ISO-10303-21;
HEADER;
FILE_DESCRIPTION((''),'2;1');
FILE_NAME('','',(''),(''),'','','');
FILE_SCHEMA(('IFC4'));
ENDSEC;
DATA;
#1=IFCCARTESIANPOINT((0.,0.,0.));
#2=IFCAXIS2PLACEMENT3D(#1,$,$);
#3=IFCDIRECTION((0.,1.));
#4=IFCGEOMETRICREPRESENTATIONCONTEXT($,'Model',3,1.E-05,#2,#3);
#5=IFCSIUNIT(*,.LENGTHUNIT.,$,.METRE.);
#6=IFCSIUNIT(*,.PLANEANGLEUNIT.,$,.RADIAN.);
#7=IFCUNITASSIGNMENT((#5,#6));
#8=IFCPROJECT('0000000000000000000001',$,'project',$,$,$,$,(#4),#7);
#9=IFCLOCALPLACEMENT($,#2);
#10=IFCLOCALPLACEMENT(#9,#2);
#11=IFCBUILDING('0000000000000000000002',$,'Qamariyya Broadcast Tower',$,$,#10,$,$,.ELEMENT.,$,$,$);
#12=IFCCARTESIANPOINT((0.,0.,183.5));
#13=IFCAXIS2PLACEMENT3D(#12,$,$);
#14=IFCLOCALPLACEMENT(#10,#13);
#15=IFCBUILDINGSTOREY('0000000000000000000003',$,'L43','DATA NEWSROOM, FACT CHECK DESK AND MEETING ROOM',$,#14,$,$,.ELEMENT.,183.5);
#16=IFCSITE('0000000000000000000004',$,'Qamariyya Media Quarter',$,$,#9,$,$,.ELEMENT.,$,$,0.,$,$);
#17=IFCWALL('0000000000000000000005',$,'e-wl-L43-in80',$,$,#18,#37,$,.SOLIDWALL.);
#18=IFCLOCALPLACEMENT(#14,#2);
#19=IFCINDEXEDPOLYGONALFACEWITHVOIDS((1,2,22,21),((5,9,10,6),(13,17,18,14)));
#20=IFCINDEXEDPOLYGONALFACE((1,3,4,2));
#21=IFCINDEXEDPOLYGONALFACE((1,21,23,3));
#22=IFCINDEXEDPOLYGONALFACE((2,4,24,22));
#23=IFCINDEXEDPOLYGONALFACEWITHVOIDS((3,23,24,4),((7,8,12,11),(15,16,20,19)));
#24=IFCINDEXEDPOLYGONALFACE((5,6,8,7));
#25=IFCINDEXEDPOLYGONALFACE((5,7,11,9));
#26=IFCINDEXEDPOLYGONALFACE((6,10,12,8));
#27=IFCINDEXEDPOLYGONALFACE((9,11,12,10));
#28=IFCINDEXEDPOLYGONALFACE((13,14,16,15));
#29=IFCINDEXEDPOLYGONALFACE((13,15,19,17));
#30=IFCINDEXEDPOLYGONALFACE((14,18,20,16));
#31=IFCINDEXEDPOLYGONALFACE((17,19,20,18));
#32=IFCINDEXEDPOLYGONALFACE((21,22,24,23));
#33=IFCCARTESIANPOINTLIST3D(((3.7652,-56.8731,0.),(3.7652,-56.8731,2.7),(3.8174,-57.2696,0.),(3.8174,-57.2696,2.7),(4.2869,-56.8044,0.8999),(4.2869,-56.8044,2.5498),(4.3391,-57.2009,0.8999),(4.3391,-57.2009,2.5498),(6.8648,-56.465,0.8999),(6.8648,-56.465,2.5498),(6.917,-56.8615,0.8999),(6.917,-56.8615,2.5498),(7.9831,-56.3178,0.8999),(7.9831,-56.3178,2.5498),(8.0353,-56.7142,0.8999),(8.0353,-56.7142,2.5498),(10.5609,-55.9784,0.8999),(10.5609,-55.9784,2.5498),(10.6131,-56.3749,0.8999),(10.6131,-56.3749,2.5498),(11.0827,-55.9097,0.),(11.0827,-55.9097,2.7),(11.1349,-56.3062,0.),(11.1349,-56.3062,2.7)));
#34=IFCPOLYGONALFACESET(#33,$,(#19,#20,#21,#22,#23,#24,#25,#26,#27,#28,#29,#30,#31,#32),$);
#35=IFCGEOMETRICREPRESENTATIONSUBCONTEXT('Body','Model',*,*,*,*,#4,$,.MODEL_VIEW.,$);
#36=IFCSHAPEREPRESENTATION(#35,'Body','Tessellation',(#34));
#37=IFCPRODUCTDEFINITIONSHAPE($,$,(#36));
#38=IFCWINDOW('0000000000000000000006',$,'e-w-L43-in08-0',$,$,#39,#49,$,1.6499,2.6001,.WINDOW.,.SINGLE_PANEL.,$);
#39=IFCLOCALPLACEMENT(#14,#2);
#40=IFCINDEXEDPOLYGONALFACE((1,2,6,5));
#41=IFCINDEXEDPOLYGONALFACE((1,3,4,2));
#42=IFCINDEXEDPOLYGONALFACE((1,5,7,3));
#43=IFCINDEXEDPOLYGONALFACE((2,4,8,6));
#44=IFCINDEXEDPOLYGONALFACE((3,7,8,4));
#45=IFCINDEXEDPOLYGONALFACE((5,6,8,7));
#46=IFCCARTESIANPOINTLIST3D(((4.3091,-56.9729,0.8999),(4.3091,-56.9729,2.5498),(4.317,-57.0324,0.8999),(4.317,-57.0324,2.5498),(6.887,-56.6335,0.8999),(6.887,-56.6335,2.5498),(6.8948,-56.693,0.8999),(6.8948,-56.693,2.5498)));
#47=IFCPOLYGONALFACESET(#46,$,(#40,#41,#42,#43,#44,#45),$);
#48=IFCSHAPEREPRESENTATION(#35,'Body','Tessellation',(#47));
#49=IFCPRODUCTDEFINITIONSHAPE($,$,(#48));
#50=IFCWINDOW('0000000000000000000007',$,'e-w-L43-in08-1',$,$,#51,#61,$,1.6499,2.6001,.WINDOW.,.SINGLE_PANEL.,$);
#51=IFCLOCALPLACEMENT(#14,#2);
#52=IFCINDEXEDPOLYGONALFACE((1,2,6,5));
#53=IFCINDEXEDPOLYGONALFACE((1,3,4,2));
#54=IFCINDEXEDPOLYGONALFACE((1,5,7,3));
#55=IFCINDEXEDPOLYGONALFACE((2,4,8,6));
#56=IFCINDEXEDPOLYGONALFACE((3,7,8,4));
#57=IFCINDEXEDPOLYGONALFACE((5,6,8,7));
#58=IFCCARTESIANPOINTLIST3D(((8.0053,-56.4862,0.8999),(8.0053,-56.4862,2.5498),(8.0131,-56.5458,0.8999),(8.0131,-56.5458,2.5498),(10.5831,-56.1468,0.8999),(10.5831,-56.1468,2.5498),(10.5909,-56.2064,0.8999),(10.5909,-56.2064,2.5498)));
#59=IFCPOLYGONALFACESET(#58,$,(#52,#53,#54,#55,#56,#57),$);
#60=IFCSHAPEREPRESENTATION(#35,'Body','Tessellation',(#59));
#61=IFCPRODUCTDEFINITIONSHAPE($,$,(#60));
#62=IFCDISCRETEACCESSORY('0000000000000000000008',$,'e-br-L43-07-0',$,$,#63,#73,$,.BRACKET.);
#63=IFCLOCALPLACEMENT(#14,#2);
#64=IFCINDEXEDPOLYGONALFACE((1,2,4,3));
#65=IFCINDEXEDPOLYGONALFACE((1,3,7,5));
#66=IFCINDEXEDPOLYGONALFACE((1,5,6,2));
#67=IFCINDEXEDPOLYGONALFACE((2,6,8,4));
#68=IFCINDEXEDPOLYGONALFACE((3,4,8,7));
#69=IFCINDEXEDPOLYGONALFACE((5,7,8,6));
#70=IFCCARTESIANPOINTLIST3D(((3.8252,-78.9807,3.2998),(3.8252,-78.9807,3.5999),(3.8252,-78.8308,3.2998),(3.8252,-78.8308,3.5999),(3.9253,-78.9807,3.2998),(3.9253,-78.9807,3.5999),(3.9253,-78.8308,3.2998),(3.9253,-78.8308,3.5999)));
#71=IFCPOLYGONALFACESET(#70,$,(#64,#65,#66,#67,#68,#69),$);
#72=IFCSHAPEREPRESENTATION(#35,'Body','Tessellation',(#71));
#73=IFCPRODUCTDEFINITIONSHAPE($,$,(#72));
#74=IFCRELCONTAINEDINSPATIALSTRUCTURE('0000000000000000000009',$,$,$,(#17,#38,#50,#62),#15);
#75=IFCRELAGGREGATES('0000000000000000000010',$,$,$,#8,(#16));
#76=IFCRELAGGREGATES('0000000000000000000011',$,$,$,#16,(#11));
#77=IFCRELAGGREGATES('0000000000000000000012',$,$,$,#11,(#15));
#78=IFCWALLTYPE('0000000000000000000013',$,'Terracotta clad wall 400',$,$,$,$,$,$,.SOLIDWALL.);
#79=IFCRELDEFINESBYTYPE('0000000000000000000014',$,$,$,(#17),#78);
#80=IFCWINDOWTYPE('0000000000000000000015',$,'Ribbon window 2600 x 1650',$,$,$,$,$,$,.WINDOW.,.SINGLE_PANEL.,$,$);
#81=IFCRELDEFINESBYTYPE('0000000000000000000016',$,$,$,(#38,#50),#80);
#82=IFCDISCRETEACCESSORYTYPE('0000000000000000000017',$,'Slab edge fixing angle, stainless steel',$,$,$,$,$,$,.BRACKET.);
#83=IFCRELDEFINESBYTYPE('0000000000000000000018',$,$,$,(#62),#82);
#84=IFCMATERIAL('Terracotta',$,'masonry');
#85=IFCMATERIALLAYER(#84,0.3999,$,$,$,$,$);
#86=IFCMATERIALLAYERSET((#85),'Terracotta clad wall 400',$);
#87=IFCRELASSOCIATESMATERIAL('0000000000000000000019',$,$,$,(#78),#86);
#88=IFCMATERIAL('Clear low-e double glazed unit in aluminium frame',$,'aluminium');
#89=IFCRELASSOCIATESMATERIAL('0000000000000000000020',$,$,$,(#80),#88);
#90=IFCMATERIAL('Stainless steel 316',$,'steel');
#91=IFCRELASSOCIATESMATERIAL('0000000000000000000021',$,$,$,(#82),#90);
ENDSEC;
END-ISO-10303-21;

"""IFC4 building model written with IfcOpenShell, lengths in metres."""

from ifc_helpers import new_model, si_unit, direction, frame, frame_2d, origin, origin_2d, place, context, subcontext, project, spatial, rectangle, extrude, material, layer, layer_set, type_object, element, fill, save


model = new_model("IFC4")

# Units and contexts
model_context = context("Model", 3, precision=1e-05, world=origin(), true_north=direction((0.0, 1.0)))
body_context = subcontext(model_context, "Body", "Model", "MODEL_VIEW")
ifc_project = project(units=[si_unit("LENGTHUNIT", "METRE"), si_unit("PLANEANGLEUNIT", "RADIAN")], contexts=[model_context])

# Site, building, storey
site_placement = place(None, origin())
site = spatial("IfcSite", under=ifc_project, at=site_placement, Name="Qamariyya Media Quarter", CompositionType="ELEMENT", RefElevation=0.0)
building_placement = place(site_placement, origin())
building = spatial("IfcBuilding", under=site, at=building_placement, Name="Qamariyya Broadcast Tower", CompositionType="ELEMENT")
storey_placement = place(building_placement, frame((0.0, 0.0, 183.5)))
storey = spatial("IfcBuildingStorey", under=building, at=storey_placement, Name="L43", Description="DATA NEWSROOM, FACT CHECK DESK AND MEETING ROOM", CompositionType="ELEMENT", Elevation=183.5)

# Wall, openings, windows
ifc_material_1 = material(Name="Terracotta", Category="masonry")
ifc_layer_1 = layer(ifc_material_1, 0.3999)
ifc_layer_set_1 = layer_set([ifc_layer_1], Name="Terracotta clad wall 400")
wall_type_1 = type_object("IfcWallType", Name="Terracotta clad wall 400", PredefinedType="SOLIDWALL", material=ifc_layer_set_1)
ifc_material_2 = material(Name="Clear low-e double glazed unit in aluminium frame", Category="aluminium")
window_type = type_object("IfcWindowType", Name="Ribbon window 2600 x 1650", PartitioningType="SINGLE_PANEL", PredefinedType="WINDOW", material=ifc_material_2)
wall_1_placement = place(storey_placement, frame((11.1089, -56.1079, 0.0), z_axis=(0.0, 0.0, 1.0), x_axis=(-0.991444, -0.13053, 0.0)))
wall_1 = element("IfcWall", 1, at=wall_1_placement, inside=storey, type_object=wall_type_1, Name="e-wl-L43-in80", PredefinedType="SOLIDWALL", context=body_context, shape_type="SweptSolid", body=[
    extrude(rectangle(XDim=7.3806, YDim=0.3999, at=frame_2d((3.6904, 0.0))), origin(), (0.0, 0.0, 1.0), 2.7),
])
opening_1_placement = place(wall_1_placement, frame((4.2544, 0.0, 0.8999)))
opening_1 = element("IfcOpeningElement", 2, at=opening_1_placement, cuts=wall_1, PredefinedType="OPENING", context=body_context, shape_type="SweptSolid", body=[
    extrude(rectangle(XDim=2.6001, YDim=1.6499, at=frame_2d((1.3, 0.825))), frame((0.0, 0.21, 0.0), z_axis=(0.0, -1.0, 0.0), x_axis=(1.0, 0.0, 0.0)), (0.0, 0.0, 1.0), 0.4199),
])
opening_2_placement = place(wall_1_placement, frame((0.5264, 0.0, 0.8999)))
opening_2 = element("IfcOpeningElement", 3, at=opening_2_placement, cuts=wall_1, PredefinedType="OPENING", context=body_context, shape_type="SweptSolid", body=[
    extrude(rectangle(XDim=2.6001, YDim=1.6499, at=frame_2d((1.3, 0.825))), frame((0.0, 0.21, 0.0), z_axis=(0.0, -1.0, 0.0), x_axis=(1.0, 0.0, 0.0)), (0.0, 0.0, 1.0), 0.4199),
])
window_1_placement = place(opening_1_placement, origin())
window_1 = element("IfcWindow", 4, at=window_1_placement, inside=storey, type_object=window_type, Name="e-w-L43-in08-0", OverallHeight=1.6499, OverallWidth=2.6001, PartitioningType="SINGLE_PANEL", PredefinedType="WINDOW", context=body_context, shape_type="SweptSolid", body=[
    extrude(rectangle(XDim=2.6001, YDim=1.6499, at=frame_2d((1.3, 0.825))), frame((0.0, 0.03, 0.0), z_axis=(0.0, -1.0, 0.0), x_axis=(1.0, 0.0, 0.0)), (0.0, 0.0, 1.0), 0.0601),
])
fill(opening_1, window_1)
window_2_placement = place(opening_2_placement, origin())
window_2 = element("IfcWindow", 5, at=window_2_placement, inside=storey, type_object=window_type, Name="e-w-L43-in08-1", OverallHeight=1.6499, OverallWidth=2.6001, PartitioningType="SINGLE_PANEL", PredefinedType="WINDOW", context=body_context, shape_type="SweptSolid", body=[
    extrude(rectangle(XDim=2.6001, YDim=1.6499, at=frame_2d((1.3, 0.825))), frame((0.0, 0.03, 0.0), z_axis=(0.0, -1.0, 0.0), x_axis=(1.0, 0.0, 0.0)), (0.0, 0.0, 1.0), 0.0601),
])
fill(opening_2, window_2)

# Discrete accessory
ifc_material_3 = material(Name="Stainless steel 316", Category="steel")
discrete_accessory_type = type_object("IfcDiscreteAccessoryType", Name="Slab edge fixing angle, stainless steel", PredefinedType="BRACKET", material=ifc_material_3)
discrete_accessory_placement = place(storey_placement, frame((3.8752, -78.9058, 3.2998), z_axis=(0.0, 0.0, 1.0), x_axis=(1.0, 0.0, 0.0)))
element("IfcDiscreteAccessory", 6, at=discrete_accessory_placement, inside=storey, type_object=discrete_accessory_type, Name="e-br-L43-07-0", PredefinedType="BRACKET", context=body_context, shape_type="SweptSolid", body=[
    extrude(rectangle(XDim=0.1001, YDim=0.1499, at=origin_2d()), origin(), (0.0, 0.0, 1.0), 0.3),
])

save(model, "model.ifc")
